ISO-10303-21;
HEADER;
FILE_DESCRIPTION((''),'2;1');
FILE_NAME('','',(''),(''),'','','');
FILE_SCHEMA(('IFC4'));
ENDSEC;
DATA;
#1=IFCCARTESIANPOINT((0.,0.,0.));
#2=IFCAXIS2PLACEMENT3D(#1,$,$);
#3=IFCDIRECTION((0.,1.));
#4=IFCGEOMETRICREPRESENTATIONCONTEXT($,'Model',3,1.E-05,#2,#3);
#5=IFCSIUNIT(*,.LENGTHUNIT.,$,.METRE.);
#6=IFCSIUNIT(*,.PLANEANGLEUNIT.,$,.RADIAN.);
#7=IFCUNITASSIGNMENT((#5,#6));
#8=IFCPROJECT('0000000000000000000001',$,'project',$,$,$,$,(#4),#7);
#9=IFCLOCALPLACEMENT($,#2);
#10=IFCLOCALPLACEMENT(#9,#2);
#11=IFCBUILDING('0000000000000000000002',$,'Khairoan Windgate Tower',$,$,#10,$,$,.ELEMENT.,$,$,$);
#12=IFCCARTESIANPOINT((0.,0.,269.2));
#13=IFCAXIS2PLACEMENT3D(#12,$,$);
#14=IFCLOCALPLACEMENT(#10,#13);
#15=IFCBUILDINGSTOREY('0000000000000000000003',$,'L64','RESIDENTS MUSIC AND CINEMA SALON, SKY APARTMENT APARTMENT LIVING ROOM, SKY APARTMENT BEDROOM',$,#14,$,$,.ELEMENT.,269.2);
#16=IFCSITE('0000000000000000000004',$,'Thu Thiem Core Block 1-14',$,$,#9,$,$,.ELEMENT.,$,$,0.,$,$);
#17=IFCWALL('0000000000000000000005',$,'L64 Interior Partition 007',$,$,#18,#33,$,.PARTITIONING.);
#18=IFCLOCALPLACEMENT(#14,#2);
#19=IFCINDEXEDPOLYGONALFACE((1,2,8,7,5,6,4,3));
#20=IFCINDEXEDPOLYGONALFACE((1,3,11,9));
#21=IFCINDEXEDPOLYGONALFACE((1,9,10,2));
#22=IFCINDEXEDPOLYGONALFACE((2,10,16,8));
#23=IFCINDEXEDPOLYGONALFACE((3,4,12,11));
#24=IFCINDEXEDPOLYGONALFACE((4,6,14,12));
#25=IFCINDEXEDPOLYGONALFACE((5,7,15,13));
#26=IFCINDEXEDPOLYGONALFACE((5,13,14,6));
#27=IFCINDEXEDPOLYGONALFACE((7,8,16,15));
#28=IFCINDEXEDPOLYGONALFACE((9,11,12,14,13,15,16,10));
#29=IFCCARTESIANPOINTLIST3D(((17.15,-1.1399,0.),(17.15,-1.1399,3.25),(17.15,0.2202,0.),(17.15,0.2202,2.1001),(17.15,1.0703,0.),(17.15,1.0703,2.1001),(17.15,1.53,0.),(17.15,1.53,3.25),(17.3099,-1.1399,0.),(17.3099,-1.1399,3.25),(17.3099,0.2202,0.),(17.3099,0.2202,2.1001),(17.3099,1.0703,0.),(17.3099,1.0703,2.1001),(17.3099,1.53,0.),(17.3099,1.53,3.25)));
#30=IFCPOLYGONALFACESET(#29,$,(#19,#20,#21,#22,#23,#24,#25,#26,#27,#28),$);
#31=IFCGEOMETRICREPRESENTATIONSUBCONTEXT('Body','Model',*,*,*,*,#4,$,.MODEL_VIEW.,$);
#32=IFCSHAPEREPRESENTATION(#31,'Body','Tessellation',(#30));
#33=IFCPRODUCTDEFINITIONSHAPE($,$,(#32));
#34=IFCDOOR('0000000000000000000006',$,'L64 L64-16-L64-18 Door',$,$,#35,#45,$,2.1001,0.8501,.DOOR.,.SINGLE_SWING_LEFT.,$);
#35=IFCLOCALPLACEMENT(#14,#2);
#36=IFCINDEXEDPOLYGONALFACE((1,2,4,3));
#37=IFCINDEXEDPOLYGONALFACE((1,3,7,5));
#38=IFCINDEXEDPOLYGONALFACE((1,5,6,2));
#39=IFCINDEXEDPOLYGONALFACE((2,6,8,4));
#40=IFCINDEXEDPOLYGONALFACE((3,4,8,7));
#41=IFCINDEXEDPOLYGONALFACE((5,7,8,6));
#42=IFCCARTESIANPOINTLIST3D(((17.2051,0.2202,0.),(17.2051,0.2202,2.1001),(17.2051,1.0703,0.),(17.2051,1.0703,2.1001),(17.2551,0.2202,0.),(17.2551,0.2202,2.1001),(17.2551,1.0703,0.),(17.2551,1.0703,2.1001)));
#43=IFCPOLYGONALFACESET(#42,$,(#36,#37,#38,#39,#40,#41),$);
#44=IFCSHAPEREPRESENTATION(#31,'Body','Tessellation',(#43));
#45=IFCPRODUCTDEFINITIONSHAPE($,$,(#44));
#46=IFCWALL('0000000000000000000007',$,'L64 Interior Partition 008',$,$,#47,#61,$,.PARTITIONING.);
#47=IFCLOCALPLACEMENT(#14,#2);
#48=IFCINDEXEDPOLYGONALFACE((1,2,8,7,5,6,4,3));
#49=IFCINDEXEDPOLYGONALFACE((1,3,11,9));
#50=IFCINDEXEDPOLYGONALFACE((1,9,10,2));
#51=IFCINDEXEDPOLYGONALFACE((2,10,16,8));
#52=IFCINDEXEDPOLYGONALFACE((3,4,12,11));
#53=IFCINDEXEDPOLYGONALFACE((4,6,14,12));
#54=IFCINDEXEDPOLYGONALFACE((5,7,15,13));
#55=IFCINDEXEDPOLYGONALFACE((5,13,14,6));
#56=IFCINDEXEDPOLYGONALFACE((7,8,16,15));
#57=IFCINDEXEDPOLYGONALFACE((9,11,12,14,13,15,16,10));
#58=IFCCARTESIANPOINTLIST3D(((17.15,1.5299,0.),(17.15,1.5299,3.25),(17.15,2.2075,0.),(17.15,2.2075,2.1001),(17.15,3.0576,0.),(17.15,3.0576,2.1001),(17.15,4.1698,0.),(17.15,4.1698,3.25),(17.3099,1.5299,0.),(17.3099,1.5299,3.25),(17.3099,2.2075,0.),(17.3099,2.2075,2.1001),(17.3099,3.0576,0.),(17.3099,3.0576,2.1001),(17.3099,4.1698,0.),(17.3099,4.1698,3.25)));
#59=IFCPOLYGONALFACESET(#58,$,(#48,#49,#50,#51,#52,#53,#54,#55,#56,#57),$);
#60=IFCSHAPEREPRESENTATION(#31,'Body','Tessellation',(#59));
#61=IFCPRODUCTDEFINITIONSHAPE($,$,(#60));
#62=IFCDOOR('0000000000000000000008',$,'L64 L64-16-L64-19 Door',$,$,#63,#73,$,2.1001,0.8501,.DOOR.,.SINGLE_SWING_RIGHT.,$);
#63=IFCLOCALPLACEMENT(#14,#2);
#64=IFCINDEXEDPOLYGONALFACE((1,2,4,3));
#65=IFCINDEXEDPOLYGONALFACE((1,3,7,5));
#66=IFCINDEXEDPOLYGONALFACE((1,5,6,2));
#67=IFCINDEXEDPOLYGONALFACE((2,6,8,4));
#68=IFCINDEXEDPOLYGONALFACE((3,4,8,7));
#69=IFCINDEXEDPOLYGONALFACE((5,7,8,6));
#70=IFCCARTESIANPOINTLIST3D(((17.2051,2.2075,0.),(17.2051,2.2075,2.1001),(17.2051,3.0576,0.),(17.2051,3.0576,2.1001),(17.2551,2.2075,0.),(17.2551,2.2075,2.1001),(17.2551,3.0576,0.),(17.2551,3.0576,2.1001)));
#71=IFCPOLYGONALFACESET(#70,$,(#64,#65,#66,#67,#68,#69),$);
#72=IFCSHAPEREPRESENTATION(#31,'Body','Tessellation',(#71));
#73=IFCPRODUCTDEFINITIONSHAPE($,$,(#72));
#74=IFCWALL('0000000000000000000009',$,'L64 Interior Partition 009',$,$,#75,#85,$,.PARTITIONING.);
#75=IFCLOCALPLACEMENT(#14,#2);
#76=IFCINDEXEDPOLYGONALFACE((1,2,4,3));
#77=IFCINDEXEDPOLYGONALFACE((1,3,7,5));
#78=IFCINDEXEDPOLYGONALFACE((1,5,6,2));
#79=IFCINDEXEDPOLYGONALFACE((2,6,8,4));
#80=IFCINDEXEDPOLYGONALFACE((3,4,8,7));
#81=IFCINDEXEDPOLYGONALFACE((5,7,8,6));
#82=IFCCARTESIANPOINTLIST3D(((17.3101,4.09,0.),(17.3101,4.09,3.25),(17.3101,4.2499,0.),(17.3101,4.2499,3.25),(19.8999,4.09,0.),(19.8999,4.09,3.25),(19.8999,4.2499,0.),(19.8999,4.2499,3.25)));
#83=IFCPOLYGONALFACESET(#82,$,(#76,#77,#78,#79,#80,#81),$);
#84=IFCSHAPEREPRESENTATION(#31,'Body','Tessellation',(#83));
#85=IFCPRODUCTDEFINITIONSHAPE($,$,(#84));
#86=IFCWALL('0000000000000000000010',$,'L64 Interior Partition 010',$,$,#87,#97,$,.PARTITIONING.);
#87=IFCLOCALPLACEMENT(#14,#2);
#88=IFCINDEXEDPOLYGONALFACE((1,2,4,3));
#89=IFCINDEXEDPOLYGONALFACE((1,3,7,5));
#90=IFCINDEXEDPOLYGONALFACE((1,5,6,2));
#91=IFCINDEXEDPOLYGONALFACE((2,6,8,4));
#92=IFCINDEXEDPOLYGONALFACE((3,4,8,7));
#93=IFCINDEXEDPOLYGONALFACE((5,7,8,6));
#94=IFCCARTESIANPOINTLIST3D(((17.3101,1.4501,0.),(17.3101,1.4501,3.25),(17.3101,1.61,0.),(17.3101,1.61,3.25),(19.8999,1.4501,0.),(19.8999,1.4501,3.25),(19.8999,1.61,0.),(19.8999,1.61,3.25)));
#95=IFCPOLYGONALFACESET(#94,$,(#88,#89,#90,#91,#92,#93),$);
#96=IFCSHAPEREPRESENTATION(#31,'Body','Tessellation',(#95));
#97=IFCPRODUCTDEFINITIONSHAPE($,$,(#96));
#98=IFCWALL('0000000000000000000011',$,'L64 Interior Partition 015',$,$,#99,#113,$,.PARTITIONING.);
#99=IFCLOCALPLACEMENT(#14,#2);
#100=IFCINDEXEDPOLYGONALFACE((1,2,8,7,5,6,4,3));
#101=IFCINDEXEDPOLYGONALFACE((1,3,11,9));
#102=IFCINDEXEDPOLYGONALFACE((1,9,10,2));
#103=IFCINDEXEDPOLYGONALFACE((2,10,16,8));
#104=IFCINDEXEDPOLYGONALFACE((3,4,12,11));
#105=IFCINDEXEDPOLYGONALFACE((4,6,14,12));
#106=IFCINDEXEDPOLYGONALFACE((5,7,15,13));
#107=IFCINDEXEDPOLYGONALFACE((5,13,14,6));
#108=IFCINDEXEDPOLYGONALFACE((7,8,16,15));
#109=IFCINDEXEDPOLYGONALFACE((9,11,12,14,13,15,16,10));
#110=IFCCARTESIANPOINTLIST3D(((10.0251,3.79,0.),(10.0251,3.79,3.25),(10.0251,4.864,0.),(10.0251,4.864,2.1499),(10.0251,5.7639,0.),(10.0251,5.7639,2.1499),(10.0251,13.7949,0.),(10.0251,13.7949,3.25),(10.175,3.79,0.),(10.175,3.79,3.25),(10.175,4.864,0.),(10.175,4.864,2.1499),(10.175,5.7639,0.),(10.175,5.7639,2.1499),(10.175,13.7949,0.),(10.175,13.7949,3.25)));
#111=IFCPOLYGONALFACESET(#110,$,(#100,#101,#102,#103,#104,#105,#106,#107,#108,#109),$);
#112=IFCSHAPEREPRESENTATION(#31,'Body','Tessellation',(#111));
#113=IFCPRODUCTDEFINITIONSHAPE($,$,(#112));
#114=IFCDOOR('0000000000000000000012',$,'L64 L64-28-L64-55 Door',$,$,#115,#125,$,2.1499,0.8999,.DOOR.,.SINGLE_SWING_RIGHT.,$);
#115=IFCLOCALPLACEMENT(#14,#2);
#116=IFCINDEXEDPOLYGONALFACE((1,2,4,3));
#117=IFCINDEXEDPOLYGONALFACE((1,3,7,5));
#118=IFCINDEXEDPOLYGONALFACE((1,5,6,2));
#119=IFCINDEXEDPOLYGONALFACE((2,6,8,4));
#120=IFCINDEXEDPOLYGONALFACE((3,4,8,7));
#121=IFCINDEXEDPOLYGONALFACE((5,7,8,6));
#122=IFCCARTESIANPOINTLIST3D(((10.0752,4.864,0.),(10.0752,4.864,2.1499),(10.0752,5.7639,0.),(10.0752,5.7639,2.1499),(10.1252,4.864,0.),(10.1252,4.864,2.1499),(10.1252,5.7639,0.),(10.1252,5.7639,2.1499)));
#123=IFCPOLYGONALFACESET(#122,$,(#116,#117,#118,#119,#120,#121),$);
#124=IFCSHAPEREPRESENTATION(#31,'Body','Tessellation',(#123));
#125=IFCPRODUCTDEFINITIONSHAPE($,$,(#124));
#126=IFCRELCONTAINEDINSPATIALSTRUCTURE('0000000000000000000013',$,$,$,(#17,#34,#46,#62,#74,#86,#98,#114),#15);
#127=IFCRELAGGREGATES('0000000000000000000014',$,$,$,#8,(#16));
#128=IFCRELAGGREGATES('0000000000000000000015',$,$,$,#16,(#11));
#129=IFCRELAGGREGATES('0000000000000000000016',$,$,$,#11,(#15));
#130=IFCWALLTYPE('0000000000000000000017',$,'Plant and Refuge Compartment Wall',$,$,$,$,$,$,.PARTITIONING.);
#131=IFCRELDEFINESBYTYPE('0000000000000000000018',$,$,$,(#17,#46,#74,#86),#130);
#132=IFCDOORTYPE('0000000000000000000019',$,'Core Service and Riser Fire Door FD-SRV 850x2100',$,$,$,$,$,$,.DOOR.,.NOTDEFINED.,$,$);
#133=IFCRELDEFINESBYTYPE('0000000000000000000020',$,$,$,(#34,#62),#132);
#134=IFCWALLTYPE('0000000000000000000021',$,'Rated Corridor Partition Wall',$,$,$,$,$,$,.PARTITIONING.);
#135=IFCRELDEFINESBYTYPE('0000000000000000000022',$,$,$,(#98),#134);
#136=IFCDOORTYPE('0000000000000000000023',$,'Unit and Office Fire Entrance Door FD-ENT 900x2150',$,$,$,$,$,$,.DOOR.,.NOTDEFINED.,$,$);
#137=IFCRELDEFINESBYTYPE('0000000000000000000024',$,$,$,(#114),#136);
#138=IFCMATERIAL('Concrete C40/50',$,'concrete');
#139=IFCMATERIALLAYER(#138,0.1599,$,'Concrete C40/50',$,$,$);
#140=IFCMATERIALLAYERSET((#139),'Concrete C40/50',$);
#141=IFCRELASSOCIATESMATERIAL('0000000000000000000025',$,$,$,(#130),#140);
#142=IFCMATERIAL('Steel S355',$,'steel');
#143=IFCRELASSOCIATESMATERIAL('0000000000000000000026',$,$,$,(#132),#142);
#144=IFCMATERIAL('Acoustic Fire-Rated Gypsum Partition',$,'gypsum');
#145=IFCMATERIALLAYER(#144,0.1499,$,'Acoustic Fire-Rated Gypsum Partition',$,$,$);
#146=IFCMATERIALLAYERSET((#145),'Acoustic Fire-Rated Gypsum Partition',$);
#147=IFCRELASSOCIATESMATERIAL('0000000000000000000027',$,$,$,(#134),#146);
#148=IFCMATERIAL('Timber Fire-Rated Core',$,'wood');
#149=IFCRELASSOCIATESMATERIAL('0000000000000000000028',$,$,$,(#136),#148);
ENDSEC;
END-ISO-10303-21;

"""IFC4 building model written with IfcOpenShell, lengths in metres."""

from ifc_helpers import new_model, si_unit, direction, frame, frame_2d, origin, place, context, subcontext, project, spatial, rectangle, extrude, material, layer, layer_set, type_object, element, fill, save


model = new_model("IFC4")

# Units and contexts
model_context = context("Model", 3, precision=1e-05, world=origin(), true_north=direction((0.0, 1.0)))
body_context = subcontext(model_context, "Body", "Model", "MODEL_VIEW")
ifc_project = project(units=[si_unit("LENGTHUNIT", "METRE"), si_unit("PLANEANGLEUNIT", "RADIAN")], contexts=[model_context])

# Site, building, storey
site_placement = place(None, origin())
site = spatial("IfcSite", under=ifc_project, at=site_placement, Name="Thu Thiem Core Block 1-14", CompositionType="ELEMENT", RefElevation=0.0)
building_placement = place(site_placement, origin())
building = spatial("IfcBuilding", under=site, at=building_placement, Name="Khairoan Windgate Tower", CompositionType="ELEMENT")
storey_placement = place(building_placement, frame((0.0, 0.0, 269.2)))
storey = spatial("IfcBuildingStorey", under=building, at=storey_placement, Name="L64", Description="RESIDENTS MUSIC AND CINEMA SALON, SKY APARTMENT APARTMENT LIVING ROOM, SKY APARTMENT BEDROOM", CompositionType="ELEMENT", Elevation=269.2)

# Walls, openings, doors
ifc_material_1 = material(Name="Concrete C40/50", Category="concrete")
ifc_layer_1 = layer(ifc_material_1, 0.1599, Name="Concrete C40/50")
ifc_layer_set_1 = layer_set([ifc_layer_1], Name="Concrete C40/50")
wall_type_1 = type_object("IfcWallType", Name="Plant and Refuge Compartment Wall", PredefinedType="PARTITIONING", material=ifc_layer_set_1)
ifc_material_2 = material(Name="Steel S355", Category="steel")
door_type_1 = type_object("IfcDoorType", Name="Core Service and Riser Fire Door FD-SRV 850x2100", OperationType="NOTDEFINED", PredefinedType="DOOR", material=ifc_material_2)
wall_1_placement = place(storey_placement, frame((17.23, -1.1399, 0.0), z_axis=(0.0, 0.0, 1.0), x_axis=(0.0, 1.0, 0.0)))
wall_1 = element("IfcWall", 1, at=wall_1_placement, inside=storey, type_object=wall_type_1, Name="L64 Interior Partition 007", PredefinedType="PARTITIONING", context=body_context, shape_type="SweptSolid", body=[
    extrude(rectangle(XDim=2.6699, YDim=0.1599, at=frame_2d((1.335, 0.0))), origin(), (0.0, 0.0, 1.0), 3.25),
])
opening_1_placement = place(wall_1_placement, frame((1.3601, 0.0, 0.0)))
opening_1 = element("IfcOpeningElement", 2, at=opening_1_placement, cuts=wall_1, PredefinedType="OPENING", context=body_context, shape_type="SweptSolid", body=[
    extrude(rectangle(XDim=0.8501, YDim=2.1001, at=frame_2d((0.425, 1.05))), frame((0.0, 0.0898, 0.0), z_axis=(0.0, -1.0, 0.0), x_axis=(1.0, 0.0, 0.0)), (0.0, 0.0, 1.0), 0.1799),
])
door_1_placement = place(opening_1_placement, origin())
door_1 = element("IfcDoor", 3, at=door_1_placement, inside=storey, type_object=door_type_1, Name="L64 L64-16-L64-18 Door", OperationType="SINGLE_SWING_LEFT", OverallHeight=2.1001, OverallWidth=0.8501, PredefinedType="DOOR", context=body_context, shape_type="SweptSolid", body=[
    extrude(rectangle(XDim=0.8501, YDim=2.1001, at=frame_2d((0.425, 1.05))), frame((0.0, 0.0249, 0.0), z_axis=(0.0, -1.0, 0.0), x_axis=(1.0, 0.0, 0.0)), (0.0, 0.0, 1.0), 0.05),
])
fill(opening_1, door_1)
wall_2_placement = place(storey_placement, frame((17.23, 1.53, 0.0), z_axis=(0.0, 0.0, 1.0), x_axis=(0.0, 1.0, 0.0)))
wall_2 = element("IfcWall", 4, at=wall_2_placement, inside=storey, type_object=wall_type_1, Name="L64 Interior Partition 008", PredefinedType="PARTITIONING", context=body_context, shape_type="SweptSolid", body=[
    extrude(rectangle(XDim=2.6399, YDim=0.1599, at=frame_2d((1.3198, 0.0))), origin(), (0.0, 0.0, 1.0), 3.25),
])
opening_2_placement = place(wall_2_placement, frame((0.6775, 0.0, 0.0)))
opening_2 = element("IfcOpeningElement", 5, at=opening_2_placement, cuts=wall_2, PredefinedType="OPENING", context=body_context, shape_type="SweptSolid", body=[
    extrude(rectangle(XDim=0.8501, YDim=2.1001, at=frame_2d((0.425, 1.05))), frame((0.0, 0.0898, 0.0), z_axis=(0.0, -1.0, 0.0), x_axis=(1.0, 0.0, 0.0)), (0.0, 0.0, 1.0), 0.1799),
])
door_2_placement = place(opening_2_placement, origin())
door_2 = element("IfcDoor", 6, at=door_2_placement, inside=storey, type_object=door_type_1, Name="L64 L64-16-L64-19 Door", OperationType="SINGLE_SWING_RIGHT", OverallHeight=2.1001, OverallWidth=0.8501, PredefinedType="DOOR", context=body_context, shape_type="SweptSolid", body=[
    extrude(rectangle(XDim=0.8501, YDim=2.1001, at=frame_2d((0.425, 1.05))), frame((0.0, 0.0249, 0.0), z_axis=(0.0, -1.0, 0.0), x_axis=(1.0, 0.0, 0.0)), (0.0, 0.0, 1.0), 0.05),
])
fill(opening_2, door_2)

# Walls
for number, where, z_axis, x_axis, name in (
    (7, (17.3101, 4.1699, 0.0), (0.0, 0.0, 1.0), (1.0, 0.0, 0.0), "L64 Interior Partition 009"),
    (8, (17.3101, 1.53, 0.0), (0.0, 0.0, 1.0), (1.0, 0.0, 0.0), "L64 Interior Partition 010"),
):
    element("IfcWall", number, at=place(storey_placement, frame(where, z_axis=z_axis, x_axis=x_axis)), inside=storey, type_object=wall_type_1, Name=name, PredefinedType="PARTITIONING", context=body_context, shape_type="SweptSolid", body=[
        extrude(rectangle(XDim=2.5898, YDim=0.1599, at=frame_2d((1.2949, 0.0))), origin(), (0.0, 0.0, 1.0), 3.25),
    ])

# Wall, opening, door
ifc_material_3 = material(Name="Acoustic Fire-Rated Gypsum Partition", Category="gypsum")
ifc_layer_2 = layer(ifc_material_3, 0.1499, Name="Acoustic Fire-Rated Gypsum Partition")
ifc_layer_set_2 = layer_set([ifc_layer_2], Name="Acoustic Fire-Rated Gypsum Partition")
wall_type_2 = type_object("IfcWallType", Name="Rated Corridor Partition Wall", PredefinedType="PARTITIONING", material=ifc_layer_set_2)
wall_3_placement = place(storey_placement, frame((10.1001, 3.79, 0.0), z_axis=(0.0, 0.0, 1.0), x_axis=(0.0, 1.0, 0.0)))
wall_3 = element("IfcWall", 9, at=wall_3_placement, inside=storey, type_object=wall_type_2, Name="L64 Interior Partition 015", PredefinedType="PARTITIONING", context=body_context, shape_type="SweptSolid", body=[
    extrude(rectangle(XDim=10.0049, YDim=0.1499, at=frame_2d((5.0024, 0.0))), origin(), (0.0, 0.0, 1.0), 3.25),
])
opening_3_placement = place(wall_3_placement, frame((1.074, 0.0, 0.0)))
opening_3 = element("IfcOpeningElement", 10, at=opening_3_placement, cuts=wall_3, PredefinedType="OPENING", context=body_context, shape_type="SweptSolid", body=[
    extrude(rectangle(XDim=0.8999, YDim=2.1499, at=frame_2d((0.45, 1.075))), frame((0.0, 0.085, 0.0), z_axis=(0.0, -1.0, 0.0), x_axis=(1.0, 0.0, 0.0)), (0.0, 0.0, 1.0), 0.1699),
])
ifc_material_4 = material(Name="Timber Fire-Rated Core", Category="wood")
door_type_2 = type_object("IfcDoorType", Name="Unit and Office Fire Entrance Door FD-ENT 900x2150", OperationType="NOTDEFINED", PredefinedType="DOOR", material=ifc_material_4)
door_3_placement = place(opening_3_placement, origin())
door_3 = element("IfcDoor", 11, at=door_3_placement, inside=storey, type_object=door_type_2, Name="L64 L64-28-L64-55 Door", OperationType="SINGLE_SWING_RIGHT", OverallHeight=2.1499, OverallWidth=0.8999, PredefinedType="DOOR", context=body_context, shape_type="SweptSolid", body=[
    extrude(rectangle(XDim=0.8999, YDim=2.1499, at=frame_2d((0.45, 1.075))), frame((0.0, 0.0249, 0.0), z_axis=(0.0, -1.0, 0.0), x_axis=(1.0, 0.0, 0.0)), (0.0, 0.0, 1.0), 0.05),
])
fill(opening_3, door_3)

save(model, "model.ifc")
